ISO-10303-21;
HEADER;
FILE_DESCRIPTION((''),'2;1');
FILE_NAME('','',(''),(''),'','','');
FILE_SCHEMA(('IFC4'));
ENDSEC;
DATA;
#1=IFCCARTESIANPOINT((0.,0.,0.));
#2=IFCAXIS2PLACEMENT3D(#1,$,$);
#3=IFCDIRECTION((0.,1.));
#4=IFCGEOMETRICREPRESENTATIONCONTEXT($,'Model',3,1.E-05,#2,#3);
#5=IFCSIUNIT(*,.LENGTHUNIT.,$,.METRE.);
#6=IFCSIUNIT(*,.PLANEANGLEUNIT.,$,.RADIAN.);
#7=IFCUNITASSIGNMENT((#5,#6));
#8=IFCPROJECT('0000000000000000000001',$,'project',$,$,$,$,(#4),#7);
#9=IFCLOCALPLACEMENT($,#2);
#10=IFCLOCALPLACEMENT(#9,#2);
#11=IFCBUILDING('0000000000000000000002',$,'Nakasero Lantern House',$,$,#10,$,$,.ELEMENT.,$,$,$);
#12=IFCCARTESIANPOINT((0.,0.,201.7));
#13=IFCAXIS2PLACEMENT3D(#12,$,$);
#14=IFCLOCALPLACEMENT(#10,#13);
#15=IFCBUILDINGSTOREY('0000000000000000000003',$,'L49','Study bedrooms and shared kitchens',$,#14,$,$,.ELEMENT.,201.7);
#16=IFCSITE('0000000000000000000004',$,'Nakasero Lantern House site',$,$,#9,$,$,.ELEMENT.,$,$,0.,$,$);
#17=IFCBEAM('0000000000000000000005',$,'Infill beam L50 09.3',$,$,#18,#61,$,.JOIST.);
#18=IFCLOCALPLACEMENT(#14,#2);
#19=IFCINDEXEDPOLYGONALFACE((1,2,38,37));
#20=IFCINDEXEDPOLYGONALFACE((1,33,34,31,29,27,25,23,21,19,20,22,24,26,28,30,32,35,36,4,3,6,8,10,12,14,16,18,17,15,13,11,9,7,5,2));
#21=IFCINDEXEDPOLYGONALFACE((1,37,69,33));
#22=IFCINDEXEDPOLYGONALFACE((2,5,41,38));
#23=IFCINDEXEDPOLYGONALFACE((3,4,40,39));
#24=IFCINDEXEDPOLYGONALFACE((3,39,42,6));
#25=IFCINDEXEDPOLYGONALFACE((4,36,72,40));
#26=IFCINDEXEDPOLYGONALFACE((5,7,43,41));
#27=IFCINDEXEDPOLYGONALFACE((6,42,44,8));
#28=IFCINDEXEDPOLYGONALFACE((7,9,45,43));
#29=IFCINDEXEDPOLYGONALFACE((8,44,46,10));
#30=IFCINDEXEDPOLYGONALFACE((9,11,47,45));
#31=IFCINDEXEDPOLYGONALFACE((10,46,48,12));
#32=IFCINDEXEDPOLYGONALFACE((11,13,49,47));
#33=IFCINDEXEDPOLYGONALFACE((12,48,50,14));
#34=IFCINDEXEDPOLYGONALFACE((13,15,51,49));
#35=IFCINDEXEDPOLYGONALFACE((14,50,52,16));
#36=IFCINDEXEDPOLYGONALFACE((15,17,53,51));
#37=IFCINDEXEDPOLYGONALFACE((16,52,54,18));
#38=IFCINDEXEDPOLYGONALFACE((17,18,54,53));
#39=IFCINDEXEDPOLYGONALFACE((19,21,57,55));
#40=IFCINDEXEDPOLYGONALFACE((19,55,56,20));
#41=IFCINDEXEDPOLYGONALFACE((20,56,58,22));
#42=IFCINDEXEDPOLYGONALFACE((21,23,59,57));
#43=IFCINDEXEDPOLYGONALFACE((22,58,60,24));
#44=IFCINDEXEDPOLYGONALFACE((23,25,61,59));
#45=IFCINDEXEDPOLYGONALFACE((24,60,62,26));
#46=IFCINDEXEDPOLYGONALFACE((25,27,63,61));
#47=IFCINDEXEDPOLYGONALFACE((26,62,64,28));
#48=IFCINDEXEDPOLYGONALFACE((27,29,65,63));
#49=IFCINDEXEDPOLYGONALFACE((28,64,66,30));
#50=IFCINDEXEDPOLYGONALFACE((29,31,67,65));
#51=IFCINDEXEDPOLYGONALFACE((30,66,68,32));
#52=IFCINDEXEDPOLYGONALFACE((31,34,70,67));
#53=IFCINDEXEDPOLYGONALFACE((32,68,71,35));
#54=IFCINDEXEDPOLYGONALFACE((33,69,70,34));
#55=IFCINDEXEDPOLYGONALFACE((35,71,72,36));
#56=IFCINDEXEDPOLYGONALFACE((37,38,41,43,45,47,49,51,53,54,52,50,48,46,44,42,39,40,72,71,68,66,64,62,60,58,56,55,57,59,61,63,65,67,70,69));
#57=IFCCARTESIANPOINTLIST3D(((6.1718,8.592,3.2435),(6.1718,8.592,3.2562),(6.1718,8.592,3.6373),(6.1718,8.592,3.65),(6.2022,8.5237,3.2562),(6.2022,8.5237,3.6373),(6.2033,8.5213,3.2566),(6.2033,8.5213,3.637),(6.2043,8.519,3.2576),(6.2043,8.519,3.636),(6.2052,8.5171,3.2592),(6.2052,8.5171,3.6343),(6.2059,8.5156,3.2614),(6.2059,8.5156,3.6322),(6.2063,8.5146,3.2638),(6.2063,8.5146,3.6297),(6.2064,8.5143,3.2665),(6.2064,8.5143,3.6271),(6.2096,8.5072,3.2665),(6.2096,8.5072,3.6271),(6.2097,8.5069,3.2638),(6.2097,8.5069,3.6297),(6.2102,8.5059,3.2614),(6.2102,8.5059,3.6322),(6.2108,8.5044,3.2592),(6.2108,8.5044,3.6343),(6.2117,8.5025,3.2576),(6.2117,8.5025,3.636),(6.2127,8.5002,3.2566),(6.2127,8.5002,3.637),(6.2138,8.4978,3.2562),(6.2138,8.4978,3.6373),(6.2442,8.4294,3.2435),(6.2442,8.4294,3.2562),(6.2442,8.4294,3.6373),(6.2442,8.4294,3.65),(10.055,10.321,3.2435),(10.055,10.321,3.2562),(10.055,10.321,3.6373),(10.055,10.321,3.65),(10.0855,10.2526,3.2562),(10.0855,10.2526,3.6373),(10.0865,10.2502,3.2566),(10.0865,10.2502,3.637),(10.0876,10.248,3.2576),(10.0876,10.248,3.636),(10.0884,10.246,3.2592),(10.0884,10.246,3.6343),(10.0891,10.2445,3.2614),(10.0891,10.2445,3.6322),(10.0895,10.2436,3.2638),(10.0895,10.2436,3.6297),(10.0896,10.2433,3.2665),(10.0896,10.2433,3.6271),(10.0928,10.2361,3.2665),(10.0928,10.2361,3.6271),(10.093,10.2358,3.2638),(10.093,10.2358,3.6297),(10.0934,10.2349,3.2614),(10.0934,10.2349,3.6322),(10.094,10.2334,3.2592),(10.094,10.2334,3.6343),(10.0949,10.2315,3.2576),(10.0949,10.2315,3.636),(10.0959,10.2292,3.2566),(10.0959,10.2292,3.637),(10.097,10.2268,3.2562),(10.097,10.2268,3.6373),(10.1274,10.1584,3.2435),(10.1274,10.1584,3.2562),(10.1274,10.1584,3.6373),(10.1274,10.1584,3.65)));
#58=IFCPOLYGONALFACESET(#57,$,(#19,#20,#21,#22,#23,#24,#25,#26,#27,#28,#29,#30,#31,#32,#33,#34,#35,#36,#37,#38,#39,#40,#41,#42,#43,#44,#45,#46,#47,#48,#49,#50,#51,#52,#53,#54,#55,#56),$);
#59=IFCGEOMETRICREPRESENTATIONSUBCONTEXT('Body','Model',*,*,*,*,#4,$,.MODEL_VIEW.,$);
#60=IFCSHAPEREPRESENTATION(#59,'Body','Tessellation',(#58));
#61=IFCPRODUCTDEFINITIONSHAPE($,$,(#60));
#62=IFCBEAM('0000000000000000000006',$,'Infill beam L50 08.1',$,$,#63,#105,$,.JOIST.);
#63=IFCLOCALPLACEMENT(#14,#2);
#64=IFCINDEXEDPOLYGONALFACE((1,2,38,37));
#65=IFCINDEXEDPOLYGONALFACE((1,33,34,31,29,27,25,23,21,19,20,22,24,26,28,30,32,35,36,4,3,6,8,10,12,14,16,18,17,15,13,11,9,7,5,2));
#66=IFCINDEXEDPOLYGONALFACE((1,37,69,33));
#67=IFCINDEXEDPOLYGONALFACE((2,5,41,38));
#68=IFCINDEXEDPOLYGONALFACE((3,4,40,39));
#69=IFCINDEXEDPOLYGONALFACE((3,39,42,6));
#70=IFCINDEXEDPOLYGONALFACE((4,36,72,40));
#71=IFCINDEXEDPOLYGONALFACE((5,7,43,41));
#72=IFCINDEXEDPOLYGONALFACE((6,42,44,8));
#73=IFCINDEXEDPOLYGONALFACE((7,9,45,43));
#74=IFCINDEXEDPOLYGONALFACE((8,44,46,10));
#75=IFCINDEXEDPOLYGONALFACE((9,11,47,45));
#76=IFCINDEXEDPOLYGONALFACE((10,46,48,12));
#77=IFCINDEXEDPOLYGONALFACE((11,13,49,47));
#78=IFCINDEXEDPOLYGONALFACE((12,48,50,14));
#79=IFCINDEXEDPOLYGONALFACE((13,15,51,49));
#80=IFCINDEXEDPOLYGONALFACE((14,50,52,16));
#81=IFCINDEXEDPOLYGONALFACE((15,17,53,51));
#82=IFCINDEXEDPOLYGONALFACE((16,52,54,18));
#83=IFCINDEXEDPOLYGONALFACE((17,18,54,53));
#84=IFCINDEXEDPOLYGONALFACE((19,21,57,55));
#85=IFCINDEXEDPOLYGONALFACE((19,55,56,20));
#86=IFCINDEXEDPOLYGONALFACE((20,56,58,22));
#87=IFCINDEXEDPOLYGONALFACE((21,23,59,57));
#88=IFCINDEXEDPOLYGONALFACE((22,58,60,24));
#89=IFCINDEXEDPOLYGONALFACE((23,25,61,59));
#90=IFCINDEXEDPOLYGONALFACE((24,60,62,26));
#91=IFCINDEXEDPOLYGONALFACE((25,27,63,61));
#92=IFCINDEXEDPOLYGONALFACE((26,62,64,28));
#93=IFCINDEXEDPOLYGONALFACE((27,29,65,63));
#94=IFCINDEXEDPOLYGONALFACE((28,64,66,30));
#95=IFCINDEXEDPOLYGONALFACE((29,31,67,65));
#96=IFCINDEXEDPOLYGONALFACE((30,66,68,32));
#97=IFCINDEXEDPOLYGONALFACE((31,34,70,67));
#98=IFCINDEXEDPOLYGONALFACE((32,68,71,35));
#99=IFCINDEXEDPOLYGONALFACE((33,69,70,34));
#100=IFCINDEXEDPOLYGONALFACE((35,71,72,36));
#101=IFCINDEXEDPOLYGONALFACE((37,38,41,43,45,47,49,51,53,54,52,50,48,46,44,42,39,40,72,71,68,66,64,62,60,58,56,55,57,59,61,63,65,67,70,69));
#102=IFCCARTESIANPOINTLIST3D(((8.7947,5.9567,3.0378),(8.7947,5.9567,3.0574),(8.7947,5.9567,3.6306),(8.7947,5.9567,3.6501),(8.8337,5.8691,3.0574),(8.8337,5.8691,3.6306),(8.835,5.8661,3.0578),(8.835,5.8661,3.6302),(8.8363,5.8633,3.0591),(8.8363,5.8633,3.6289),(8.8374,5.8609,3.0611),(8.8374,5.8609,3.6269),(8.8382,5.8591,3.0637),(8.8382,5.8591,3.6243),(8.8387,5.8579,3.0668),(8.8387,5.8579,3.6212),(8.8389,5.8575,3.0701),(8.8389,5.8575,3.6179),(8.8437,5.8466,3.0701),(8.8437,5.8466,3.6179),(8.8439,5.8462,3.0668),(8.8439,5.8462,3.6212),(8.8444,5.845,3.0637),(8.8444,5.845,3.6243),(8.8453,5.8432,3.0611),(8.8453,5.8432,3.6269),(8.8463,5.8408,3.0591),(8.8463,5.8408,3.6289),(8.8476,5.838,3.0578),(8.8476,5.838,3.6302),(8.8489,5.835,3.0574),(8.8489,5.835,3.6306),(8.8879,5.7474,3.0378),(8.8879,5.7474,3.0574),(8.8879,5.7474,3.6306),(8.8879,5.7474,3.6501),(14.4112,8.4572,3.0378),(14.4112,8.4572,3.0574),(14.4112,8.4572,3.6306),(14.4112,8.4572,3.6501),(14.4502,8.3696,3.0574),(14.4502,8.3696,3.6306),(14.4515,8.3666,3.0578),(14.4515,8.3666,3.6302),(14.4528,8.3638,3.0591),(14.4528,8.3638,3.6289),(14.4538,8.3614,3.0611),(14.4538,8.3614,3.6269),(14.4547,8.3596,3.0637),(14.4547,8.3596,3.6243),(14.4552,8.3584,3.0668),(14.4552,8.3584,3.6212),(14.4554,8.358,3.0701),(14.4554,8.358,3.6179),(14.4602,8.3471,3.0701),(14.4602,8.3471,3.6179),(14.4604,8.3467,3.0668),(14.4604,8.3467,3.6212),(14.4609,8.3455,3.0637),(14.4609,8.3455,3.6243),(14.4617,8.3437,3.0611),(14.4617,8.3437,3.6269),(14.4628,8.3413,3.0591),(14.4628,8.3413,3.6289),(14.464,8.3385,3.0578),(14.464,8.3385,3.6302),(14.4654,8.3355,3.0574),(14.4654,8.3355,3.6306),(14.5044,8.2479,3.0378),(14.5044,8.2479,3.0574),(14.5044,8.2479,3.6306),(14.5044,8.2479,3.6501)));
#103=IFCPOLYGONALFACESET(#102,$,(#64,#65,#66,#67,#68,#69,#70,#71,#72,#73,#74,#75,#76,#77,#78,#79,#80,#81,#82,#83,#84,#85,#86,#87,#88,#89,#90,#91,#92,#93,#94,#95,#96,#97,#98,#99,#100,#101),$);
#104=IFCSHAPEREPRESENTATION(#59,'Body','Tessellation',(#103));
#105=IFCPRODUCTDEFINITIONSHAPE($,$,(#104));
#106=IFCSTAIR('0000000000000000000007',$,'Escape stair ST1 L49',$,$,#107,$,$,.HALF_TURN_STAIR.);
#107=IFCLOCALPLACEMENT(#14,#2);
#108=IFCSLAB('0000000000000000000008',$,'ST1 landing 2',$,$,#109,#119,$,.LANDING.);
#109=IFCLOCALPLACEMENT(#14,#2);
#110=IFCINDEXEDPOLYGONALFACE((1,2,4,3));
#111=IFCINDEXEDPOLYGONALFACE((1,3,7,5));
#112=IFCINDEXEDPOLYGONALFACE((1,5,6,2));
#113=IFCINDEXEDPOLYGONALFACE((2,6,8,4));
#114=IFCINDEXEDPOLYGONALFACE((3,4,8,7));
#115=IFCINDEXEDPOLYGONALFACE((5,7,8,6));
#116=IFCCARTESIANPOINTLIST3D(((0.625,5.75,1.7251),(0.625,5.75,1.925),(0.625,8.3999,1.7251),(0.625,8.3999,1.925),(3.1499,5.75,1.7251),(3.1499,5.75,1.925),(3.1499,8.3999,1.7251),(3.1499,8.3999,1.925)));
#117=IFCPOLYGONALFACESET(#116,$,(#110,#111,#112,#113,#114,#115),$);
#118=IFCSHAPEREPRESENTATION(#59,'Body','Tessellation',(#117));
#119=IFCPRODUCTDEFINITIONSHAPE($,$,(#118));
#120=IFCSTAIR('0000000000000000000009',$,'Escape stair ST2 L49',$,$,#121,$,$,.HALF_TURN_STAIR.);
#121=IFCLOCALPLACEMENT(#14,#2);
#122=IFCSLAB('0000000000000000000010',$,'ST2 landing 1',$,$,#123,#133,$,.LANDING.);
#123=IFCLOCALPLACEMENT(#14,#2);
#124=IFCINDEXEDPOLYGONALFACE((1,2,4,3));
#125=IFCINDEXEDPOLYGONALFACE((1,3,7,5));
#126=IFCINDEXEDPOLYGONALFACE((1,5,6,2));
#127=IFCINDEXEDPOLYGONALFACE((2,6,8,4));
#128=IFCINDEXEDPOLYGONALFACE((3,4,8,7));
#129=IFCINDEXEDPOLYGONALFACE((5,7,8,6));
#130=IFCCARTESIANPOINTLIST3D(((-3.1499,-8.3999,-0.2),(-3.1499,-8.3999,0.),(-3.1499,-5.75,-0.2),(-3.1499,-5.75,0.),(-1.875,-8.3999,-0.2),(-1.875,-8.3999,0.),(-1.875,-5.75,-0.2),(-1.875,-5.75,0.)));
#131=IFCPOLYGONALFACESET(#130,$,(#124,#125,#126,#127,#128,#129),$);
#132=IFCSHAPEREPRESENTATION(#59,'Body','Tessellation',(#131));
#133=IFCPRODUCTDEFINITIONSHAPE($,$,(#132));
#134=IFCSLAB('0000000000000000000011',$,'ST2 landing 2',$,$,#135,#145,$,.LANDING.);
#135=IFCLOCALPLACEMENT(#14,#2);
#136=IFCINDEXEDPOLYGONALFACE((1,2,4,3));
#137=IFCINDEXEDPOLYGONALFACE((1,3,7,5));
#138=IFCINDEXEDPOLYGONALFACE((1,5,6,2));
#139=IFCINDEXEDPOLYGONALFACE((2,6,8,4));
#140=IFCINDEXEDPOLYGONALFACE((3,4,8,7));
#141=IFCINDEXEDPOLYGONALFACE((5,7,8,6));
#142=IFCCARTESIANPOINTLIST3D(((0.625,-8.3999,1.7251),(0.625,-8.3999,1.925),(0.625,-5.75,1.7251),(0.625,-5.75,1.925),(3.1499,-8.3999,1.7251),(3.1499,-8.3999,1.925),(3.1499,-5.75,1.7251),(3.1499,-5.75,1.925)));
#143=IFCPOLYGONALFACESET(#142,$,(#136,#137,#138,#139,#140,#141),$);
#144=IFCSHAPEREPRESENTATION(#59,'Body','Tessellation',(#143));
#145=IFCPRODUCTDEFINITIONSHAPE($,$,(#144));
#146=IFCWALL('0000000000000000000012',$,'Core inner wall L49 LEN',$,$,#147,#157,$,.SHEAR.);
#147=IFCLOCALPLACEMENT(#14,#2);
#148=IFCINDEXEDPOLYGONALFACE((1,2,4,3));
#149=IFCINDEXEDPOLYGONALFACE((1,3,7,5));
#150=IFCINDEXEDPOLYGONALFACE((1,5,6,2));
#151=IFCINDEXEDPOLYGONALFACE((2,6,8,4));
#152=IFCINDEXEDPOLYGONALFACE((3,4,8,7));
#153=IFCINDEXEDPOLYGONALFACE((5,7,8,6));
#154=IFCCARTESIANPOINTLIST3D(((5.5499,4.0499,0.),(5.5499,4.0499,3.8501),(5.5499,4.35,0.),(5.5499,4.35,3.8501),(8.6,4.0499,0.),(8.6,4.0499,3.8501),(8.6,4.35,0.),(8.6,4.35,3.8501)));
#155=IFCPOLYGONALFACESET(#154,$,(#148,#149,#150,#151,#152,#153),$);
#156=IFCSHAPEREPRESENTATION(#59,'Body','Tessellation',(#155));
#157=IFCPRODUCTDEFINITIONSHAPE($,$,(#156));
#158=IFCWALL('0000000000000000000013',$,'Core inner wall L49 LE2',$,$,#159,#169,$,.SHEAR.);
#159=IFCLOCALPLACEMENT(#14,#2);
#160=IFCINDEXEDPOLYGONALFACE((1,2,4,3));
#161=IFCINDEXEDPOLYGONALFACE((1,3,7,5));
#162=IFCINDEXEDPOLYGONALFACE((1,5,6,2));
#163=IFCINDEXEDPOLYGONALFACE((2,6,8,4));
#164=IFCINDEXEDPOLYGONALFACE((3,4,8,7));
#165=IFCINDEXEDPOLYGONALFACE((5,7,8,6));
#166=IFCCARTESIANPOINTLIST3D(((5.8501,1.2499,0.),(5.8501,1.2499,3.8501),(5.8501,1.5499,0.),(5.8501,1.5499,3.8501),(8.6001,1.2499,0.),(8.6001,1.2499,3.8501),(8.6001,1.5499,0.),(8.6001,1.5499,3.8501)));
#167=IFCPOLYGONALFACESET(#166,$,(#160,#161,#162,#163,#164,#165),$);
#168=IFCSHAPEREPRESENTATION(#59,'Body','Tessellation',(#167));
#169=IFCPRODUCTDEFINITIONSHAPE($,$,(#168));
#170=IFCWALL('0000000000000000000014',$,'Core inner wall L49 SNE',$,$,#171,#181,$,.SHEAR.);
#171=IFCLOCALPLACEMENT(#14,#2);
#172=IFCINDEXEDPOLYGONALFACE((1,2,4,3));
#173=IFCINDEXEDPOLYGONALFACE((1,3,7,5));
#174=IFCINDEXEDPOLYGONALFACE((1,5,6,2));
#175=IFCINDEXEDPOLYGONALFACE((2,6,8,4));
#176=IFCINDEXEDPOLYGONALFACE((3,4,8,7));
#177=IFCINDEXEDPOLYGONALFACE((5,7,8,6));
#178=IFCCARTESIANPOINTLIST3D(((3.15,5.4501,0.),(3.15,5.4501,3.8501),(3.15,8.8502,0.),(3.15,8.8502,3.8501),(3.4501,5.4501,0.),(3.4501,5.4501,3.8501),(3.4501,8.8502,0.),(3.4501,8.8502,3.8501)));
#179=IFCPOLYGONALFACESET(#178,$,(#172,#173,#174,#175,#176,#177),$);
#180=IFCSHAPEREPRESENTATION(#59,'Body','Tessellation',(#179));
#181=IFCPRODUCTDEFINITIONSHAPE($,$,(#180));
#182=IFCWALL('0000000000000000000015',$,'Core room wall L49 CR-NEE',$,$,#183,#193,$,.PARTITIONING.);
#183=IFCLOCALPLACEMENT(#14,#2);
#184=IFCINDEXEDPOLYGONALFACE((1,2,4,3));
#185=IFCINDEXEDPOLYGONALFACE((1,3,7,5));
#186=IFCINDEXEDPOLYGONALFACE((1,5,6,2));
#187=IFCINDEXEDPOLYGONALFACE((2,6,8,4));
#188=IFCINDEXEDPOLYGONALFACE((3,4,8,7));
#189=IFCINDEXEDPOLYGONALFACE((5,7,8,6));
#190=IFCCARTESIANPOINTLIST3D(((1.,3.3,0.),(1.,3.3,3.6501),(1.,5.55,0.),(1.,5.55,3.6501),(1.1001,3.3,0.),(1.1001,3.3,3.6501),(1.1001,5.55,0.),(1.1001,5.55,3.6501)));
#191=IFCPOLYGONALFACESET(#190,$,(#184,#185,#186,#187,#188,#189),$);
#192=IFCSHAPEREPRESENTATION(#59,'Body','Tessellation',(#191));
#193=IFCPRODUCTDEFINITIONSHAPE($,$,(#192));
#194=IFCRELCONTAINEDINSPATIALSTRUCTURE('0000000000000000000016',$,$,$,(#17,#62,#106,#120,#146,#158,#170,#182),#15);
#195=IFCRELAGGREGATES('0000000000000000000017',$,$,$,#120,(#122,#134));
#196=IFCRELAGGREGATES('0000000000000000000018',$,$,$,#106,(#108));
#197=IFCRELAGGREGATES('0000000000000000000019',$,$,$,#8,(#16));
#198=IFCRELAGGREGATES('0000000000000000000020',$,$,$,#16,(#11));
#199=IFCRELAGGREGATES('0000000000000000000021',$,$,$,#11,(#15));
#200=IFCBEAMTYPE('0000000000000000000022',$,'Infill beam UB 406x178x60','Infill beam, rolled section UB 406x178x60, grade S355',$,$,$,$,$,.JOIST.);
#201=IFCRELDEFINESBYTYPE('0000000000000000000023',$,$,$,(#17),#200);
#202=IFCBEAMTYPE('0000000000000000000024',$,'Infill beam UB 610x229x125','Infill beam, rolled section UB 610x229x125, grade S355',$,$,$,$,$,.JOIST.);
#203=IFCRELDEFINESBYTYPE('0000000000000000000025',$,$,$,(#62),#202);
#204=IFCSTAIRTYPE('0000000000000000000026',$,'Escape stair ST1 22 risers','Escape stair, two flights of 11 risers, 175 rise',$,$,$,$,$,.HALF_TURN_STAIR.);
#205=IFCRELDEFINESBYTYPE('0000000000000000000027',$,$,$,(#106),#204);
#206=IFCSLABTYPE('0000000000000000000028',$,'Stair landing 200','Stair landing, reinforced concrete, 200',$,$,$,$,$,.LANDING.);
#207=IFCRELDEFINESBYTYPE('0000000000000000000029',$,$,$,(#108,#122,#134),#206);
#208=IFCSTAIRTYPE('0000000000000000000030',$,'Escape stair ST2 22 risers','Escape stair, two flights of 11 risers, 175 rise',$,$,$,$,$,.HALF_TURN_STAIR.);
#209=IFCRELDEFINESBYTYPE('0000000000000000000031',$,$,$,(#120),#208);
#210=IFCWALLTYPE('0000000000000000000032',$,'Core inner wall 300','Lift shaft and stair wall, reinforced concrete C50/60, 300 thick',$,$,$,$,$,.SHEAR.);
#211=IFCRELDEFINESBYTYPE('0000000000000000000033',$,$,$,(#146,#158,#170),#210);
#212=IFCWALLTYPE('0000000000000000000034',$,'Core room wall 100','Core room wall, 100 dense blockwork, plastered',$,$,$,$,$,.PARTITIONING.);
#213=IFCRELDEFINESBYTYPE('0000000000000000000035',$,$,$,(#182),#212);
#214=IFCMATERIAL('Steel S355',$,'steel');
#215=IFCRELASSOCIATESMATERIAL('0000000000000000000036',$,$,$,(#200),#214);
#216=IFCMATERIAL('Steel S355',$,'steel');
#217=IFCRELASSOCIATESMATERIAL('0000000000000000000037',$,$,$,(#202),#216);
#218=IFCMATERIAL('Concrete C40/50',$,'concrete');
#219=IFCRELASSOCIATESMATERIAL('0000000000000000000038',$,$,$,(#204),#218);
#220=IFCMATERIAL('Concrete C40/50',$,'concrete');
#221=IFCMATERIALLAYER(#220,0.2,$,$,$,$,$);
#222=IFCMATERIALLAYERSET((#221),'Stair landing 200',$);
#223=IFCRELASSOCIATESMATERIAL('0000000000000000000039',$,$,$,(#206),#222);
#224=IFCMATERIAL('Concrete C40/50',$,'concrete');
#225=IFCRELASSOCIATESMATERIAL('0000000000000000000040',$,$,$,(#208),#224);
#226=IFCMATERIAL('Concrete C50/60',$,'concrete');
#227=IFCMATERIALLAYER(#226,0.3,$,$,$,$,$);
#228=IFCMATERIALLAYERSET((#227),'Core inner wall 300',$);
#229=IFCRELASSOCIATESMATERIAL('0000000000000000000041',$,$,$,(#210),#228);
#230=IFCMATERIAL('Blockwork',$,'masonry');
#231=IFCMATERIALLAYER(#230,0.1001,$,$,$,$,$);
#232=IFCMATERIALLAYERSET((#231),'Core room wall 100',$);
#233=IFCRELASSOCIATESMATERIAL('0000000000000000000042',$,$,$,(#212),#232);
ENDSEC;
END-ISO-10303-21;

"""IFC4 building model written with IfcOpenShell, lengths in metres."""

from ifc_helpers import new_model, si_unit, direction, frame, frame_2d, origin, origin_2d, place, context, subcontext, project, spatial, polyline, rectangle, i_section, outline, extrude, material, layer, layer_set, material_profile, profile_set, type_object, element, aggregate, save


model = new_model("IFC4")

# Units and contexts
model_context = context("Model", 3, precision=1e-05, world=origin(), true_north=direction((0.0, 1.0)))
body_context = subcontext(model_context, "Body", "Model", "MODEL_VIEW")
ifc_project = project(units=[si_unit("LENGTHUNIT", "METRE"), si_unit("PLANEANGLEUNIT", "RADIAN")], contexts=[model_context])

# Site, building, storey
site_placement = place(None, origin())
site = spatial("IfcSite", under=ifc_project, at=site_placement, Name="Nakasero Lantern House site", CompositionType="ELEMENT", RefElevation=0.0)
building_placement = place(site_placement, origin())
building = spatial("IfcBuilding", under=site, at=building_placement, Name="Nakasero Lantern House", CompositionType="ELEMENT")
storey_placement = place(building_placement, frame((0.0, 0.0, 201.7)))
storey = spatial("IfcBuildingStorey", under=building, at=storey_placement, Name="L49", Description="Study bedrooms and shared kitchens", CompositionType="ELEMENT", Elevation=201.7)

# Beams
ifc_material_1 = material(Name="Steel S355", Category="steel")
ifc_material_profile_1 = material_profile(ifc_material_1, i_section(OverallWidth=0.178, OverallDepth=0.4065, WebThickness=0.0078, FlangeThickness=0.0127, FilletRadius=0.0103, at=origin_2d()), Name="UB 406x178x60")
ifc_profile_set_1 = profile_set([ifc_material_profile_1], Name="Steel S355")
beam_type_1 = type_object("IfcBeamType", Name="Infill beam UB 406x178x60", Description="Infill beam, rolled section UB 406x178x60, grade S355", PredefinedType="JOIST", material=ifc_profile_set_1)
beam_1_placement = place(storey_placement, frame((6.208, 8.5107, 3.4468), z_axis=(0.913541, 0.406746, 0.0), x_axis=(-0.406746, 0.913541, 0.0)))
element("IfcBeam", 1, at=beam_1_placement, inside=storey, type_object=beam_type_1, Name="Infill beam L50 09.3", PredefinedType="JOIST", context=body_context, shape_type="SweptSolid", body=[
    extrude(i_section(OverallWidth=0.178, OverallDepth=0.4065, WebThickness=0.0078, FlangeThickness=0.0127, FilletRadius=0.0103, at=origin_2d()), origin(), (0.0, 0.0, 1.0), 4.2507),
])
ifc_material_2 = material(Name="Steel S355", Category="steel")
ifc_material_profile_2 = material_profile(ifc_material_2, i_section(OverallWidth=0.229, OverallDepth=0.6123, WebThickness=0.012, FlangeThickness=0.0195, FilletRadius=0.0127, at=origin_2d()), Name="UB 610x229x125")
ifc_profile_set_2 = profile_set([ifc_material_profile_2], Name="Steel S355")
beam_type_2 = type_object("IfcBeamType", Name="Infill beam UB 610x229x125", Description="Infill beam, rolled section UB 610x229x125, grade S355", PredefinedType="JOIST", material=ifc_profile_set_2)
beam_2_placement = place(storey_placement, frame((8.8413, 5.8521, 3.344), z_axis=(0.913553, 0.406721, 0.0), x_axis=(-0.406721, 0.913553, 0.0)))
element("IfcBeam", 2, at=beam_2_placement, inside=storey, type_object=beam_type_2, Name="Infill beam L50 08.1", PredefinedType="JOIST", context=body_context, shape_type="SweptSolid", body=[
    extrude(i_section(OverallWidth=0.229, OverallDepth=0.6123, WebThickness=0.012, FlangeThickness=0.0195, FilletRadius=0.0127, at=origin_2d()), origin(), (0.0, 0.0, 1.0), 6.1479),
])

# Stair, slab
ifc_material_3 = material(Name="Concrete C40/50", Category="concrete")
stair_type_1 = type_object("IfcStairType", Name="Escape stair ST1 22 risers", Description="Escape stair, two flights of 11 risers, 175 rise", PredefinedType="HALF_TURN_STAIR", material=ifc_material_3)
stair_1_placement = place(storey_placement, origin())
stair_1 = element("IfcStair", 3, at=stair_1_placement, inside=storey, type_object=stair_type_1, Name="Escape stair ST1 L49", PredefinedType="HALF_TURN_STAIR")
ifc_material_4 = material(Name="Concrete C40/50", Category="concrete")
ifc_layer_1 = layer(ifc_material_4, 0.2)
ifc_layer_set_1 = layer_set([ifc_layer_1], Name="Stair landing 200")
slab_type = type_object("IfcSlabType", Name="Stair landing 200", Description="Stair landing, reinforced concrete, 200", PredefinedType="LANDING", material=ifc_layer_set_1)
slab_1_placement = place(storey_placement, frame((0.0, 0.0, 1.7251)))
slab_1 = element("IfcSlab", 4, at=slab_1_placement, type_object=slab_type, Name="ST1 landing 2", PredefinedType="LANDING", context=body_context, shape_type="SweptSolid", body=[
    extrude(outline(polyline([(0.625, 5.75), (3.1499, 5.75), (3.1499, 8.3999), (0.625, 8.3999), (0.625, 5.75)])), origin(), (0.0, 0.0, 1.0), 0.2),
])

# Stair, slabs
ifc_material_5 = material(Name="Concrete C40/50", Category="concrete")
stair_type_2 = type_object("IfcStairType", Name="Escape stair ST2 22 risers", Description="Escape stair, two flights of 11 risers, 175 rise", PredefinedType="HALF_TURN_STAIR", material=ifc_material_5)
stair_2_placement = place(storey_placement, origin())
stair_2 = element("IfcStair", 5, at=stair_2_placement, inside=storey, type_object=stair_type_2, Name="Escape stair ST2 L49", PredefinedType="HALF_TURN_STAIR")
slab_2_placement = place(storey_placement, frame((0.0, 0.0, -0.2)))
slab_2 = element("IfcSlab", 6, at=slab_2_placement, type_object=slab_type, Name="ST2 landing 1", PredefinedType="LANDING", context=body_context, shape_type="SweptSolid", body=[
    extrude(outline(polyline([(-3.1499, -8.3999), (-1.875, -8.3999), (-1.875, -5.75), (-3.1499, -5.75), (-3.1499, -8.3999)])), origin(), (0.0, 0.0, 1.0), 0.2),
])
slab_3_placement = place(storey_placement, frame((0.0, 0.0, 1.7251)))
slab_3 = element("IfcSlab", 7, at=slab_3_placement, type_object=slab_type, Name="ST2 landing 2", PredefinedType="LANDING", context=body_context, shape_type="SweptSolid", body=[
    extrude(outline(polyline([(0.625, -8.3999), (3.1499, -8.3999), (3.1499, -5.75), (0.625, -5.75), (0.625, -8.3999)])), origin(), (0.0, 0.0, 1.0), 0.2),
])
aggregate(stair_2, [slab_2, slab_3])

# Walls
ifc_material_6 = material(Name="Concrete C50/60", Category="concrete")
ifc_layer_2 = layer(ifc_material_6, 0.3)
ifc_layer_set_2 = layer_set([ifc_layer_2], Name="Core inner wall 300")
wall_type_1 = type_object("IfcWallType", Name="Core inner wall 300", Description="Lift shaft and stair wall, reinforced concrete C50/60, 300 thick", PredefinedType="SHEAR", material=ifc_layer_set_2)
wall_1_placement = place(storey_placement, frame((5.55, 4.2, 0.0), z_axis=(0.0, 0.0, 1.0), x_axis=(1.0, 0.0, 0.0)))
element("IfcWall", 8, at=wall_1_placement, inside=storey, type_object=wall_type_1, Name="Core inner wall L49 LEN", PredefinedType="SHEAR", context=body_context, shape_type="SweptSolid", body=[
    extrude(rectangle(XDim=3.05, YDim=0.3, at=frame_2d((1.5249, 0.0))), origin(), (0.0, 0.0, 1.0), 3.8501),
])
wall_2_placement = place(storey_placement, frame((5.8501, 1.3999, 0.0), z_axis=(0.0, 0.0, 1.0), x_axis=(1.0, 0.0, 0.0)))
element("IfcWall", 9, at=wall_2_placement, inside=storey, type_object=wall_type_1, Name="Core inner wall L49 LE2", PredefinedType="SHEAR", context=body_context, shape_type="SweptSolid", body=[
    extrude(rectangle(XDim=2.75, YDim=0.3, at=frame_2d((1.375, 0.0))), origin(), (0.0, 0.0, 1.0), 3.8501),
])
wall_3_placement = place(storey_placement, frame((3.3, 5.45, 0.0), z_axis=(0.0, 0.0, 1.0), x_axis=(0.0, 1.0, 0.0)))
element("IfcWall", 10, at=wall_3_placement, inside=storey, type_object=wall_type_1, Name="Core inner wall L49 SNE", PredefinedType="SHEAR", context=body_context, shape_type="SweptSolid", body=[
    extrude(rectangle(XDim=3.4001, YDim=0.3, at=frame_2d((1.7002, 0.0))), origin(), (0.0, 0.0, 1.0), 3.8501),
])
ifc_material_7 = material(Name="Blockwork", Category="masonry")
ifc_layer_3 = layer(ifc_material_7, 0.1001)
ifc_layer_set_3 = layer_set([ifc_layer_3], Name="Core room wall 100")
wall_type_2 = type_object("IfcWallType", Name="Core room wall 100", Description="Core room wall, 100 dense blockwork, plastered", PredefinedType="PARTITIONING", material=ifc_layer_set_3)
wall_4_placement = place(storey_placement, frame((1.05, 3.3, 0.0), z_axis=(0.0, 0.0, 1.0), x_axis=(0.0, 1.0, 0.0)))
element("IfcWall", 11, at=wall_4_placement, inside=storey, type_object=wall_type_2, Name="Core room wall L49 CR-NEE", PredefinedType="PARTITIONING", context=body_context, shape_type="SweptSolid", body=[
    extrude(rectangle(XDim=2.25, YDim=0.1001, at=frame_2d((1.125, 0.0))), origin(), (0.0, 0.0, 1.0), 3.6501),
])

aggregate(stair_1, [slab_1])

save(model, "model.ifc")
